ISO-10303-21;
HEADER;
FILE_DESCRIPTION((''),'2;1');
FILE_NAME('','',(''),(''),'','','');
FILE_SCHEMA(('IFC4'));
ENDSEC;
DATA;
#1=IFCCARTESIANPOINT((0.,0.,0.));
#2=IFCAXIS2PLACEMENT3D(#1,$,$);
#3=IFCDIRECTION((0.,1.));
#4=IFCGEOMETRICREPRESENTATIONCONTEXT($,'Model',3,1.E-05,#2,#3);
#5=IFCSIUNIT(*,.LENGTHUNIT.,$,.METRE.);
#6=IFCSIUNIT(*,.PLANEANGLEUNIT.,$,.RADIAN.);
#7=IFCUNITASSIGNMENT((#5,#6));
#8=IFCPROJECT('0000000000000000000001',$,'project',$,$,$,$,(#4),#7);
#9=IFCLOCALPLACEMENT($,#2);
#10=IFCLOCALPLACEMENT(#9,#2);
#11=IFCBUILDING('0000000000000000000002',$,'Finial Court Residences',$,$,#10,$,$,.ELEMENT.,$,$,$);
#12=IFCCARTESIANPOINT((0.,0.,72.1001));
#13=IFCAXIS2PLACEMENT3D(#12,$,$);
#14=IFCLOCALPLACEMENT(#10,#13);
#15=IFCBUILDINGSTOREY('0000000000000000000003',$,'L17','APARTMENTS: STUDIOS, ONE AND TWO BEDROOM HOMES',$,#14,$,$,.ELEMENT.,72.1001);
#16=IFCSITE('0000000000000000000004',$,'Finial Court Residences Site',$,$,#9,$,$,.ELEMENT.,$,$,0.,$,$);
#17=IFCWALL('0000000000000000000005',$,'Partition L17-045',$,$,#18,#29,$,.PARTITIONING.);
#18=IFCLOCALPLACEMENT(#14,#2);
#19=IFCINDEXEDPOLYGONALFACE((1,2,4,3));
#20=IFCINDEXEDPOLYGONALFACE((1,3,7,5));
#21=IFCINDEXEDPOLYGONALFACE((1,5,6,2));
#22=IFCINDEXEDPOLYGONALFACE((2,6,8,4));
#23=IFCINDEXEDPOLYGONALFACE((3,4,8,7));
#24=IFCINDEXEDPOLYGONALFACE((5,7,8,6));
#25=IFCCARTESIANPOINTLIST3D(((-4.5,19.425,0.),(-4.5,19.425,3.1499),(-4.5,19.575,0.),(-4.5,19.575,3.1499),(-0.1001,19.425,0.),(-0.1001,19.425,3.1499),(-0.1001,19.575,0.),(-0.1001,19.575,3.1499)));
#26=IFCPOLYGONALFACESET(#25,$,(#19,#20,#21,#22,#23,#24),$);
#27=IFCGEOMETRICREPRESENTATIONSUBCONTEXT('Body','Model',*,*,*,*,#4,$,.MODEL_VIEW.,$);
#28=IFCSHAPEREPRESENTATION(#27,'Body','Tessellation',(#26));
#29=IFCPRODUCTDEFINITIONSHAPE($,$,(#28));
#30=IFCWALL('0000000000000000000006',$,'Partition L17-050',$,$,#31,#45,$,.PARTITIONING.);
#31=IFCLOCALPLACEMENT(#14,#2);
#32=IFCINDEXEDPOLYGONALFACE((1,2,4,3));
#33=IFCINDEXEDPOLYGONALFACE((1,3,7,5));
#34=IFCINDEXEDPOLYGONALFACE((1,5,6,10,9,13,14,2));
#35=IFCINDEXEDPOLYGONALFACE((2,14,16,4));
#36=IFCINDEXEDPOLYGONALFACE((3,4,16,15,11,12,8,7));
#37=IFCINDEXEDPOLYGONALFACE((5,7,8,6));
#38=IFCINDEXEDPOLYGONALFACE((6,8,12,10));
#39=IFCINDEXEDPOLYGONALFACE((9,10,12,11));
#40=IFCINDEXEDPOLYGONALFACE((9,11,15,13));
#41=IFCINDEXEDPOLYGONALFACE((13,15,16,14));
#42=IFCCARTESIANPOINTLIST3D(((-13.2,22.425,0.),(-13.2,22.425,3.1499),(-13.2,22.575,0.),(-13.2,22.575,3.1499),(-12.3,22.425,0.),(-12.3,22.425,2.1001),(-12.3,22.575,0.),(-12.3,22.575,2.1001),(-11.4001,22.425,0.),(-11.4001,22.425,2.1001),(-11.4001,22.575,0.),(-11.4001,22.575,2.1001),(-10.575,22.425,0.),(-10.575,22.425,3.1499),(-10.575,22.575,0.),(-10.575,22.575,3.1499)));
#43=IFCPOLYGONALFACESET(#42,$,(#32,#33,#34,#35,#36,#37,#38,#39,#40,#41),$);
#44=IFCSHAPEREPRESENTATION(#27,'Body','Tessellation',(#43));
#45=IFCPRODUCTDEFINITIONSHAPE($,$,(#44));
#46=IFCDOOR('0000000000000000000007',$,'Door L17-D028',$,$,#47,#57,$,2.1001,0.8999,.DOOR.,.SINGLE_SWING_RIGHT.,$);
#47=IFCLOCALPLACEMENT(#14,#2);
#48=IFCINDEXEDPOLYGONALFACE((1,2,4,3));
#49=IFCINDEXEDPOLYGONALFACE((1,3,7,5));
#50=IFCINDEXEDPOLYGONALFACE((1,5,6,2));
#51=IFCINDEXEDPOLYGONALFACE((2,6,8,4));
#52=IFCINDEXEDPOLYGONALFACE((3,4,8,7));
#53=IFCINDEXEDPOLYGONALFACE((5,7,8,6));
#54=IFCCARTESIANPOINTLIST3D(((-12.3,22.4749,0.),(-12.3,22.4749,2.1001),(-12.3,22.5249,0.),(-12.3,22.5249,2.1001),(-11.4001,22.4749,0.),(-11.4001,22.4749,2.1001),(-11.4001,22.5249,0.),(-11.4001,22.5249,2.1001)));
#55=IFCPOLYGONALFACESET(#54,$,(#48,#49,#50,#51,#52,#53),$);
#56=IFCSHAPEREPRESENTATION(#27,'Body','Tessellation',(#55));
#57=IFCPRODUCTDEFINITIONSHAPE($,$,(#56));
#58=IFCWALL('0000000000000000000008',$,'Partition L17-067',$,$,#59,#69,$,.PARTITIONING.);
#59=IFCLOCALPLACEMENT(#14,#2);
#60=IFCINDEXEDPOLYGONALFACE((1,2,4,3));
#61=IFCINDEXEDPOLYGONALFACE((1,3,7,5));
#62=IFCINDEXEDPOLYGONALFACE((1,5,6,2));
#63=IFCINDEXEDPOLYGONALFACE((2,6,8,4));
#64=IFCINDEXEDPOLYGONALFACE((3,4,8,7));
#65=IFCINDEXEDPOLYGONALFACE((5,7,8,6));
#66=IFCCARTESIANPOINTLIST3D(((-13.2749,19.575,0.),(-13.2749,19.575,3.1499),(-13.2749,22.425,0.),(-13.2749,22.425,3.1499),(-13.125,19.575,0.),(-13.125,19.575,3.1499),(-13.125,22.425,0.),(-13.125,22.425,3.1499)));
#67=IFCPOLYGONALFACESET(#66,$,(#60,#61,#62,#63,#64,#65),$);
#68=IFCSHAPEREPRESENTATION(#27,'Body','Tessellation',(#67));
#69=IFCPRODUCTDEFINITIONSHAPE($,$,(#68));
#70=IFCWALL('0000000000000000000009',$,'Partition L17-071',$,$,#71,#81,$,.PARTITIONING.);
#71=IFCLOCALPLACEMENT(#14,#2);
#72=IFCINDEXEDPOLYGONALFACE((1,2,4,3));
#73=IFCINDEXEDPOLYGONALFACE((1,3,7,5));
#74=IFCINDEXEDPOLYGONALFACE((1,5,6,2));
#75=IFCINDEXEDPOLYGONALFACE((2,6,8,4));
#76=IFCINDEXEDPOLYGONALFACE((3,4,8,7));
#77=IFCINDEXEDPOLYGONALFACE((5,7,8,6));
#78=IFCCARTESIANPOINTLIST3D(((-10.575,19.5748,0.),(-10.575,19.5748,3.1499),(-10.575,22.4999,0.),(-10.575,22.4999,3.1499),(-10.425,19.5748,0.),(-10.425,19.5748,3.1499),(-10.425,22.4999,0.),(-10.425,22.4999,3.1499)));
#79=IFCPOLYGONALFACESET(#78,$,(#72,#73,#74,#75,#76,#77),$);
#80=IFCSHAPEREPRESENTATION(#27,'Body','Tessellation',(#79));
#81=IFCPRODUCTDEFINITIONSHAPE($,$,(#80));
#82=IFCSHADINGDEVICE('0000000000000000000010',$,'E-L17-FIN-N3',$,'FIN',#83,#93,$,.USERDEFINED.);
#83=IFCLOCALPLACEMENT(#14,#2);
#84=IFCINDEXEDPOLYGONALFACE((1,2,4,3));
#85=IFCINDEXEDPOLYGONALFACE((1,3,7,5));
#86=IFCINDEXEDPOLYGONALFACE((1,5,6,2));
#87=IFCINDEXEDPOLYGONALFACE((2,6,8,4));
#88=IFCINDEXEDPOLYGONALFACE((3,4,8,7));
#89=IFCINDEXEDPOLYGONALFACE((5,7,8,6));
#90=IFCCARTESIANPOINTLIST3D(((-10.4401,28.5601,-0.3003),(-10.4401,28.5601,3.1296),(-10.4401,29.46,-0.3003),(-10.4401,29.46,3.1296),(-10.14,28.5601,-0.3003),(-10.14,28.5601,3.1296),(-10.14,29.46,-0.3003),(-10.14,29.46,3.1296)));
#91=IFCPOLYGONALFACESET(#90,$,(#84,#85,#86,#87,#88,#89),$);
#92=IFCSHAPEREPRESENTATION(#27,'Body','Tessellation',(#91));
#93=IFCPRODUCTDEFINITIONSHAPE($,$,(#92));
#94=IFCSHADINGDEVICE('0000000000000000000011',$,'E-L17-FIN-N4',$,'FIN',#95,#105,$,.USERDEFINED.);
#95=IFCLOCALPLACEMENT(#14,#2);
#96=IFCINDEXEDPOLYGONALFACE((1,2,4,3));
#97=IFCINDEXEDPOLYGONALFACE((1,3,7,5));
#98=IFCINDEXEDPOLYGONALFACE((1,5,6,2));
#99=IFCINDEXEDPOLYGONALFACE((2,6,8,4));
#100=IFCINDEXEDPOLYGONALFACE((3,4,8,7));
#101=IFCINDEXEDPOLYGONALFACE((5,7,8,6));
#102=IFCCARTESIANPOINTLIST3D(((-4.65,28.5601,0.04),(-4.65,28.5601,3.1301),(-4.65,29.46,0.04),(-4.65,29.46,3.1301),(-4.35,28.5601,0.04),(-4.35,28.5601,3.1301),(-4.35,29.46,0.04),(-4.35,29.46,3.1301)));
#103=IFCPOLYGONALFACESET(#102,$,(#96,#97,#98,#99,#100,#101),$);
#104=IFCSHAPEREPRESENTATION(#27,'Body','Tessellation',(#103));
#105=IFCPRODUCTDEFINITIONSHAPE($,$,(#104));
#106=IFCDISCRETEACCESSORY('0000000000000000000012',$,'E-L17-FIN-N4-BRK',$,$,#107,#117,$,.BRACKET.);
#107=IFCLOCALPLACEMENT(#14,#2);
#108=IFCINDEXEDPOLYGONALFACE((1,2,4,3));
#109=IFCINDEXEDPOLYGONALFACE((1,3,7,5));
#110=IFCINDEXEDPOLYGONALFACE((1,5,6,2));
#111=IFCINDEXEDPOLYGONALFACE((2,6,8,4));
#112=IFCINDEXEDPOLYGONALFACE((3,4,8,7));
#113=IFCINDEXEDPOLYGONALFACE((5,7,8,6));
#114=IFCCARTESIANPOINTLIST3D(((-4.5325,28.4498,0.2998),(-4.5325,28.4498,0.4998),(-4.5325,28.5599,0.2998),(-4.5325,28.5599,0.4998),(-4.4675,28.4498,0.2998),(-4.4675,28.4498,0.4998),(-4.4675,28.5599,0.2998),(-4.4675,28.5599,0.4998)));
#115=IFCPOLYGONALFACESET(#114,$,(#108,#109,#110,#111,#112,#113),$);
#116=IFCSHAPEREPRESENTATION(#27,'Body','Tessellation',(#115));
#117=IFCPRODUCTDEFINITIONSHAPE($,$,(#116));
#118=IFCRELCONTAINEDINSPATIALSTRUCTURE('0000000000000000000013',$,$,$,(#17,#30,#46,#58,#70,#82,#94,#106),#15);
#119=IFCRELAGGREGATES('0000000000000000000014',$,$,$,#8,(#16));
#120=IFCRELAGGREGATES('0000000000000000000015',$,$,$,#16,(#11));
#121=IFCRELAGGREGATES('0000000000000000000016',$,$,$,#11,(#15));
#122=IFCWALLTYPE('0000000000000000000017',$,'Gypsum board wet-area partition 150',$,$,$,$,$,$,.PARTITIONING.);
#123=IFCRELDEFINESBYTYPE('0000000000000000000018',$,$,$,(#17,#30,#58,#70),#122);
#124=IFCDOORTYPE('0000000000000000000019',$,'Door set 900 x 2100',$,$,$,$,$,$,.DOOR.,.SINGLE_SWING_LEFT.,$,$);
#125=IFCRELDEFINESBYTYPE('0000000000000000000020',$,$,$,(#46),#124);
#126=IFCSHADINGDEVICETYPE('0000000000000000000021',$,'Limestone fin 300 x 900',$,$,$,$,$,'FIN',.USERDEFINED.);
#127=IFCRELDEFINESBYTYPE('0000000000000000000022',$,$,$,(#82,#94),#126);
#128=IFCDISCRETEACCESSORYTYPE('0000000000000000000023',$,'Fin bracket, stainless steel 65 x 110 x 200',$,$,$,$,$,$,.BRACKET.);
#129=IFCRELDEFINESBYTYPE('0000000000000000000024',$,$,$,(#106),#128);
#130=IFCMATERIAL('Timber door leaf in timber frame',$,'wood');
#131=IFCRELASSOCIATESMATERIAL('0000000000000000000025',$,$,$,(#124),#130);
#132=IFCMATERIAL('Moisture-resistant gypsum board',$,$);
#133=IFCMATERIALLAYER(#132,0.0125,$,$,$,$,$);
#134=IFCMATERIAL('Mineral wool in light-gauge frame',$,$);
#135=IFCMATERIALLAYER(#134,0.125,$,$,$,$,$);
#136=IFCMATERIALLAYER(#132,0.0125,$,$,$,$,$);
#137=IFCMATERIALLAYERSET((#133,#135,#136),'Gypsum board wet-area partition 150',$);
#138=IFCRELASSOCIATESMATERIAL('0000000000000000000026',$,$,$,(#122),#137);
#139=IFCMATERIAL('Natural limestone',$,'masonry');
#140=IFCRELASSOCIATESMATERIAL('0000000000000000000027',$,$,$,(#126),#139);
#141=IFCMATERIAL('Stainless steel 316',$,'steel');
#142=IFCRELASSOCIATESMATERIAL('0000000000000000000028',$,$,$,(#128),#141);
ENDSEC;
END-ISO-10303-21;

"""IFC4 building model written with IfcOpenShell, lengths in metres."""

from ifc_helpers import new_model, si_unit, direction, frame, frame_2d, origin, origin_2d, place, context, subcontext, project, spatial, rectangle, extrude, material, layer, layer_set, type_object, element, fill, save


model = new_model("IFC4")

# Units and contexts
model_context = context("Model", 3, precision=1e-05, world=origin(), true_north=direction((0.0, 1.0)))
body_context = subcontext(model_context, "Body", "Model", "MODEL_VIEW")
ifc_project = project(units=[si_unit("LENGTHUNIT", "METRE"), si_unit("PLANEANGLEUNIT", "RADIAN")], contexts=[model_context])

# Site, building, storey
site_placement = place(None, origin())
site = spatial("IfcSite", under=ifc_project, at=site_placement, Name="Finial Court Residences Site", CompositionType="ELEMENT", RefElevation=0.0)
building_placement = place(site_placement, origin())
building = spatial("IfcBuilding", under=site, at=building_placement, Name="Finial Court Residences", CompositionType="ELEMENT")
storey_placement = place(building_placement, frame((0.0, 0.0, 72.1001)))
storey = spatial("IfcBuildingStorey", under=building, at=storey_placement, Name="L17", Description="APARTMENTS: STUDIOS, ONE AND TWO BEDROOM HOMES", CompositionType="ELEMENT", Elevation=72.1001)

# Shared definitions
ifc_material_1 = material(Name="Mineral wool in light-gauge frame")
ifc_material_2 = material(Name="Timber door leaf in timber frame", Category="wood")
door_type = type_object("IfcDoorType", Name="Door set 900 x 2100", OperationType="SINGLE_SWING_LEFT", PredefinedType="DOOR", material=ifc_material_2)

# Wall
ifc_material_3 = material(Name="Moisture-resistant gypsum board")
ifc_layer_1 = layer(ifc_material_3, 0.0125)
ifc_layer_2 = layer(ifc_material_1, 0.125)
ifc_layer_3 = layer(ifc_material_3, 0.0125)
ifc_layer_set_1 = layer_set([ifc_layer_1, ifc_layer_2, ifc_layer_3], Name="Gypsum board wet-area partition 150")
wall_type_1 = type_object("IfcWallType", Name="Gypsum board wet-area partition 150", PredefinedType="PARTITIONING", material=ifc_layer_set_1)
wall_1_placement = place(storey_placement, frame((-4.5, 19.5, 0.0), z_axis=(0.0, 0.0, 1.0), x_axis=(1.0, 0.0, 0.0)))
element("IfcWall", 1, at=wall_1_placement, inside=storey, type_object=wall_type_1, Name="Partition L17-045", PredefinedType="PARTITIONING", context=body_context, shape_type="SweptSolid", body=[
    extrude(rectangle(XDim=4.3999, YDim=0.1499, at=frame_2d((2.2, 0.0))), origin(), (0.0, 0.0, 1.0), 3.1499),
])

# Wall, opening, door
wall_2_placement = place(storey_placement, frame((-13.2, 22.5, 0.0), z_axis=(0.0, 0.0, 1.0), x_axis=(1.0, 0.0, 0.0)))
wall_2 = element("IfcWall", 2, at=wall_2_placement, inside=storey, type_object=wall_type_1, Name="Partition L17-050", PredefinedType="PARTITIONING", context=body_context, shape_type="SweptSolid", body=[
    extrude(rectangle(XDim=2.625, YDim=0.1499, at=frame_2d((1.3125, 0.0))), origin(), (0.0, 0.0, 1.0), 3.1499),
])
opening_1_placement = place(wall_2_placement, frame((0.8999, 0.0, 0.0)))
opening_1 = element("IfcOpeningElement", 3, at=opening_1_placement, cuts=wall_2, PredefinedType="OPENING", context=body_context, shape_type="SweptSolid", body=[
    extrude(rectangle(XDim=0.8999, YDim=2.1001, at=frame_2d((0.45, 1.05))), frame((0.0, 0.085, 0.0), z_axis=(0.0, -1.0, 0.0), x_axis=(1.0, 0.0, 0.0)), (0.0, 0.0, 1.0), 0.1699),
])
door_1_placement = place(opening_1_placement, origin())
door_1 = element("IfcDoor", 4, at=door_1_placement, inside=storey, type_object=door_type, Name="Door L17-D028", OperationType="SINGLE_SWING_RIGHT", OverallHeight=2.1001, OverallWidth=0.8999, PredefinedType="DOOR", context=body_context, shape_type="SweptSolid", body=[
    extrude(rectangle(XDim=0.8999, YDim=2.1001, at=frame_2d((0.45, 1.05))), frame((0.0, 0.0249, 0.0), z_axis=(0.0, -1.0, 0.0), x_axis=(1.0, 0.0, 0.0)), (0.0, 0.0, 1.0), 0.05),
])
fill(opening_1, door_1)

# Walls
wall_3_placement = place(storey_placement, frame((-13.2, 19.575, 0.0), z_axis=(0.0, 0.0, 1.0), x_axis=(0.0, 1.0, 0.0)))
element("IfcWall", 5, at=wall_3_placement, inside=storey, type_object=wall_type_1, Name="Partition L17-067", PredefinedType="PARTITIONING", context=body_context, shape_type="SweptSolid", body=[
    extrude(rectangle(XDim=2.8501, YDim=0.1499, at=frame_2d((1.425, 0.0))), origin(), (0.0, 0.0, 1.0), 3.1499),
])
wall_4_placement = place(storey_placement, frame((-10.5, 19.575, 0.0), z_axis=(0.0, 0.0, 1.0), x_axis=(0.0, 1.0, 0.0)))
element("IfcWall", 6, at=wall_4_placement, inside=storey, type_object=wall_type_1, Name="Partition L17-071", PredefinedType="PARTITIONING", context=body_context, shape_type="SweptSolid", body=[
    extrude(rectangle(XDim=2.925, YDim=0.1499, at=frame_2d((1.4624, 0.0))), origin(), (0.0, 0.0, 1.0), 3.1499),
])

# Shading devices
ifc_material_4 = material(Name="Natural limestone", Category="masonry")
shading_device_type = type_object("IfcShadingDeviceType", Name="Limestone fin 300 x 900", ElementType="FIN", PredefinedType="USERDEFINED", material=ifc_material_4)
shading_device_1_placement = place(storey_placement, frame((-10.29, 29.01, -0.3003), z_axis=(0.0, 0.0, 1.0), x_axis=(1.0, 0.0, 0.0)))
element("IfcShadingDevice", 7, at=shading_device_1_placement, inside=storey, type_object=shading_device_type, Name="E-L17-FIN-N3", ObjectType="FIN", PredefinedType="USERDEFINED", context=body_context, shape_type="SweptSolid", body=[
    extrude(rectangle(XDim=0.3, YDim=0.8999, at=origin_2d()), origin(), (0.0, 0.0, 1.0), 3.4299),
])
shading_device_2_placement = place(storey_placement, frame((-4.5, 29.01, 0.04), z_axis=(0.0, 0.0, 1.0), x_axis=(1.0, 0.0, 0.0)))
element("IfcShadingDevice", 8, at=shading_device_2_placement, inside=storey, type_object=shading_device_type, Name="E-L17-FIN-N4", ObjectType="FIN", PredefinedType="USERDEFINED", context=body_context, shape_type="SweptSolid", body=[
    extrude(rectangle(XDim=0.3, YDim=0.8999, at=origin_2d()), origin(), (0.0, 0.0, 1.0), 3.0901),
])

# Discrete accessory
ifc_material_5 = material(Name="Stainless steel 316", Category="steel")
discrete_accessory_type = type_object("IfcDiscreteAccessoryType", Name="Fin bracket, stainless steel 65 x 110 x 200", PredefinedType="BRACKET", material=ifc_material_5)
discrete_accessory_placement = place(storey_placement, frame((-4.5, 28.5049, 0.2998), z_axis=(0.0, 0.0, 1.0), x_axis=(1.0, 0.0, 0.0)))
element("IfcDiscreteAccessory", 9, at=discrete_accessory_placement, inside=storey, type_object=discrete_accessory_type, Name="E-L17-FIN-N4-BRK", PredefinedType="BRACKET", context=body_context, shape_type="SweptSolid", body=[
    extrude(rectangle(XDim=0.0649, YDim=0.1101, at=origin_2d()), origin(), (0.0, 0.0, 1.0), 0.2),
])

save(model, "model.ifc")
